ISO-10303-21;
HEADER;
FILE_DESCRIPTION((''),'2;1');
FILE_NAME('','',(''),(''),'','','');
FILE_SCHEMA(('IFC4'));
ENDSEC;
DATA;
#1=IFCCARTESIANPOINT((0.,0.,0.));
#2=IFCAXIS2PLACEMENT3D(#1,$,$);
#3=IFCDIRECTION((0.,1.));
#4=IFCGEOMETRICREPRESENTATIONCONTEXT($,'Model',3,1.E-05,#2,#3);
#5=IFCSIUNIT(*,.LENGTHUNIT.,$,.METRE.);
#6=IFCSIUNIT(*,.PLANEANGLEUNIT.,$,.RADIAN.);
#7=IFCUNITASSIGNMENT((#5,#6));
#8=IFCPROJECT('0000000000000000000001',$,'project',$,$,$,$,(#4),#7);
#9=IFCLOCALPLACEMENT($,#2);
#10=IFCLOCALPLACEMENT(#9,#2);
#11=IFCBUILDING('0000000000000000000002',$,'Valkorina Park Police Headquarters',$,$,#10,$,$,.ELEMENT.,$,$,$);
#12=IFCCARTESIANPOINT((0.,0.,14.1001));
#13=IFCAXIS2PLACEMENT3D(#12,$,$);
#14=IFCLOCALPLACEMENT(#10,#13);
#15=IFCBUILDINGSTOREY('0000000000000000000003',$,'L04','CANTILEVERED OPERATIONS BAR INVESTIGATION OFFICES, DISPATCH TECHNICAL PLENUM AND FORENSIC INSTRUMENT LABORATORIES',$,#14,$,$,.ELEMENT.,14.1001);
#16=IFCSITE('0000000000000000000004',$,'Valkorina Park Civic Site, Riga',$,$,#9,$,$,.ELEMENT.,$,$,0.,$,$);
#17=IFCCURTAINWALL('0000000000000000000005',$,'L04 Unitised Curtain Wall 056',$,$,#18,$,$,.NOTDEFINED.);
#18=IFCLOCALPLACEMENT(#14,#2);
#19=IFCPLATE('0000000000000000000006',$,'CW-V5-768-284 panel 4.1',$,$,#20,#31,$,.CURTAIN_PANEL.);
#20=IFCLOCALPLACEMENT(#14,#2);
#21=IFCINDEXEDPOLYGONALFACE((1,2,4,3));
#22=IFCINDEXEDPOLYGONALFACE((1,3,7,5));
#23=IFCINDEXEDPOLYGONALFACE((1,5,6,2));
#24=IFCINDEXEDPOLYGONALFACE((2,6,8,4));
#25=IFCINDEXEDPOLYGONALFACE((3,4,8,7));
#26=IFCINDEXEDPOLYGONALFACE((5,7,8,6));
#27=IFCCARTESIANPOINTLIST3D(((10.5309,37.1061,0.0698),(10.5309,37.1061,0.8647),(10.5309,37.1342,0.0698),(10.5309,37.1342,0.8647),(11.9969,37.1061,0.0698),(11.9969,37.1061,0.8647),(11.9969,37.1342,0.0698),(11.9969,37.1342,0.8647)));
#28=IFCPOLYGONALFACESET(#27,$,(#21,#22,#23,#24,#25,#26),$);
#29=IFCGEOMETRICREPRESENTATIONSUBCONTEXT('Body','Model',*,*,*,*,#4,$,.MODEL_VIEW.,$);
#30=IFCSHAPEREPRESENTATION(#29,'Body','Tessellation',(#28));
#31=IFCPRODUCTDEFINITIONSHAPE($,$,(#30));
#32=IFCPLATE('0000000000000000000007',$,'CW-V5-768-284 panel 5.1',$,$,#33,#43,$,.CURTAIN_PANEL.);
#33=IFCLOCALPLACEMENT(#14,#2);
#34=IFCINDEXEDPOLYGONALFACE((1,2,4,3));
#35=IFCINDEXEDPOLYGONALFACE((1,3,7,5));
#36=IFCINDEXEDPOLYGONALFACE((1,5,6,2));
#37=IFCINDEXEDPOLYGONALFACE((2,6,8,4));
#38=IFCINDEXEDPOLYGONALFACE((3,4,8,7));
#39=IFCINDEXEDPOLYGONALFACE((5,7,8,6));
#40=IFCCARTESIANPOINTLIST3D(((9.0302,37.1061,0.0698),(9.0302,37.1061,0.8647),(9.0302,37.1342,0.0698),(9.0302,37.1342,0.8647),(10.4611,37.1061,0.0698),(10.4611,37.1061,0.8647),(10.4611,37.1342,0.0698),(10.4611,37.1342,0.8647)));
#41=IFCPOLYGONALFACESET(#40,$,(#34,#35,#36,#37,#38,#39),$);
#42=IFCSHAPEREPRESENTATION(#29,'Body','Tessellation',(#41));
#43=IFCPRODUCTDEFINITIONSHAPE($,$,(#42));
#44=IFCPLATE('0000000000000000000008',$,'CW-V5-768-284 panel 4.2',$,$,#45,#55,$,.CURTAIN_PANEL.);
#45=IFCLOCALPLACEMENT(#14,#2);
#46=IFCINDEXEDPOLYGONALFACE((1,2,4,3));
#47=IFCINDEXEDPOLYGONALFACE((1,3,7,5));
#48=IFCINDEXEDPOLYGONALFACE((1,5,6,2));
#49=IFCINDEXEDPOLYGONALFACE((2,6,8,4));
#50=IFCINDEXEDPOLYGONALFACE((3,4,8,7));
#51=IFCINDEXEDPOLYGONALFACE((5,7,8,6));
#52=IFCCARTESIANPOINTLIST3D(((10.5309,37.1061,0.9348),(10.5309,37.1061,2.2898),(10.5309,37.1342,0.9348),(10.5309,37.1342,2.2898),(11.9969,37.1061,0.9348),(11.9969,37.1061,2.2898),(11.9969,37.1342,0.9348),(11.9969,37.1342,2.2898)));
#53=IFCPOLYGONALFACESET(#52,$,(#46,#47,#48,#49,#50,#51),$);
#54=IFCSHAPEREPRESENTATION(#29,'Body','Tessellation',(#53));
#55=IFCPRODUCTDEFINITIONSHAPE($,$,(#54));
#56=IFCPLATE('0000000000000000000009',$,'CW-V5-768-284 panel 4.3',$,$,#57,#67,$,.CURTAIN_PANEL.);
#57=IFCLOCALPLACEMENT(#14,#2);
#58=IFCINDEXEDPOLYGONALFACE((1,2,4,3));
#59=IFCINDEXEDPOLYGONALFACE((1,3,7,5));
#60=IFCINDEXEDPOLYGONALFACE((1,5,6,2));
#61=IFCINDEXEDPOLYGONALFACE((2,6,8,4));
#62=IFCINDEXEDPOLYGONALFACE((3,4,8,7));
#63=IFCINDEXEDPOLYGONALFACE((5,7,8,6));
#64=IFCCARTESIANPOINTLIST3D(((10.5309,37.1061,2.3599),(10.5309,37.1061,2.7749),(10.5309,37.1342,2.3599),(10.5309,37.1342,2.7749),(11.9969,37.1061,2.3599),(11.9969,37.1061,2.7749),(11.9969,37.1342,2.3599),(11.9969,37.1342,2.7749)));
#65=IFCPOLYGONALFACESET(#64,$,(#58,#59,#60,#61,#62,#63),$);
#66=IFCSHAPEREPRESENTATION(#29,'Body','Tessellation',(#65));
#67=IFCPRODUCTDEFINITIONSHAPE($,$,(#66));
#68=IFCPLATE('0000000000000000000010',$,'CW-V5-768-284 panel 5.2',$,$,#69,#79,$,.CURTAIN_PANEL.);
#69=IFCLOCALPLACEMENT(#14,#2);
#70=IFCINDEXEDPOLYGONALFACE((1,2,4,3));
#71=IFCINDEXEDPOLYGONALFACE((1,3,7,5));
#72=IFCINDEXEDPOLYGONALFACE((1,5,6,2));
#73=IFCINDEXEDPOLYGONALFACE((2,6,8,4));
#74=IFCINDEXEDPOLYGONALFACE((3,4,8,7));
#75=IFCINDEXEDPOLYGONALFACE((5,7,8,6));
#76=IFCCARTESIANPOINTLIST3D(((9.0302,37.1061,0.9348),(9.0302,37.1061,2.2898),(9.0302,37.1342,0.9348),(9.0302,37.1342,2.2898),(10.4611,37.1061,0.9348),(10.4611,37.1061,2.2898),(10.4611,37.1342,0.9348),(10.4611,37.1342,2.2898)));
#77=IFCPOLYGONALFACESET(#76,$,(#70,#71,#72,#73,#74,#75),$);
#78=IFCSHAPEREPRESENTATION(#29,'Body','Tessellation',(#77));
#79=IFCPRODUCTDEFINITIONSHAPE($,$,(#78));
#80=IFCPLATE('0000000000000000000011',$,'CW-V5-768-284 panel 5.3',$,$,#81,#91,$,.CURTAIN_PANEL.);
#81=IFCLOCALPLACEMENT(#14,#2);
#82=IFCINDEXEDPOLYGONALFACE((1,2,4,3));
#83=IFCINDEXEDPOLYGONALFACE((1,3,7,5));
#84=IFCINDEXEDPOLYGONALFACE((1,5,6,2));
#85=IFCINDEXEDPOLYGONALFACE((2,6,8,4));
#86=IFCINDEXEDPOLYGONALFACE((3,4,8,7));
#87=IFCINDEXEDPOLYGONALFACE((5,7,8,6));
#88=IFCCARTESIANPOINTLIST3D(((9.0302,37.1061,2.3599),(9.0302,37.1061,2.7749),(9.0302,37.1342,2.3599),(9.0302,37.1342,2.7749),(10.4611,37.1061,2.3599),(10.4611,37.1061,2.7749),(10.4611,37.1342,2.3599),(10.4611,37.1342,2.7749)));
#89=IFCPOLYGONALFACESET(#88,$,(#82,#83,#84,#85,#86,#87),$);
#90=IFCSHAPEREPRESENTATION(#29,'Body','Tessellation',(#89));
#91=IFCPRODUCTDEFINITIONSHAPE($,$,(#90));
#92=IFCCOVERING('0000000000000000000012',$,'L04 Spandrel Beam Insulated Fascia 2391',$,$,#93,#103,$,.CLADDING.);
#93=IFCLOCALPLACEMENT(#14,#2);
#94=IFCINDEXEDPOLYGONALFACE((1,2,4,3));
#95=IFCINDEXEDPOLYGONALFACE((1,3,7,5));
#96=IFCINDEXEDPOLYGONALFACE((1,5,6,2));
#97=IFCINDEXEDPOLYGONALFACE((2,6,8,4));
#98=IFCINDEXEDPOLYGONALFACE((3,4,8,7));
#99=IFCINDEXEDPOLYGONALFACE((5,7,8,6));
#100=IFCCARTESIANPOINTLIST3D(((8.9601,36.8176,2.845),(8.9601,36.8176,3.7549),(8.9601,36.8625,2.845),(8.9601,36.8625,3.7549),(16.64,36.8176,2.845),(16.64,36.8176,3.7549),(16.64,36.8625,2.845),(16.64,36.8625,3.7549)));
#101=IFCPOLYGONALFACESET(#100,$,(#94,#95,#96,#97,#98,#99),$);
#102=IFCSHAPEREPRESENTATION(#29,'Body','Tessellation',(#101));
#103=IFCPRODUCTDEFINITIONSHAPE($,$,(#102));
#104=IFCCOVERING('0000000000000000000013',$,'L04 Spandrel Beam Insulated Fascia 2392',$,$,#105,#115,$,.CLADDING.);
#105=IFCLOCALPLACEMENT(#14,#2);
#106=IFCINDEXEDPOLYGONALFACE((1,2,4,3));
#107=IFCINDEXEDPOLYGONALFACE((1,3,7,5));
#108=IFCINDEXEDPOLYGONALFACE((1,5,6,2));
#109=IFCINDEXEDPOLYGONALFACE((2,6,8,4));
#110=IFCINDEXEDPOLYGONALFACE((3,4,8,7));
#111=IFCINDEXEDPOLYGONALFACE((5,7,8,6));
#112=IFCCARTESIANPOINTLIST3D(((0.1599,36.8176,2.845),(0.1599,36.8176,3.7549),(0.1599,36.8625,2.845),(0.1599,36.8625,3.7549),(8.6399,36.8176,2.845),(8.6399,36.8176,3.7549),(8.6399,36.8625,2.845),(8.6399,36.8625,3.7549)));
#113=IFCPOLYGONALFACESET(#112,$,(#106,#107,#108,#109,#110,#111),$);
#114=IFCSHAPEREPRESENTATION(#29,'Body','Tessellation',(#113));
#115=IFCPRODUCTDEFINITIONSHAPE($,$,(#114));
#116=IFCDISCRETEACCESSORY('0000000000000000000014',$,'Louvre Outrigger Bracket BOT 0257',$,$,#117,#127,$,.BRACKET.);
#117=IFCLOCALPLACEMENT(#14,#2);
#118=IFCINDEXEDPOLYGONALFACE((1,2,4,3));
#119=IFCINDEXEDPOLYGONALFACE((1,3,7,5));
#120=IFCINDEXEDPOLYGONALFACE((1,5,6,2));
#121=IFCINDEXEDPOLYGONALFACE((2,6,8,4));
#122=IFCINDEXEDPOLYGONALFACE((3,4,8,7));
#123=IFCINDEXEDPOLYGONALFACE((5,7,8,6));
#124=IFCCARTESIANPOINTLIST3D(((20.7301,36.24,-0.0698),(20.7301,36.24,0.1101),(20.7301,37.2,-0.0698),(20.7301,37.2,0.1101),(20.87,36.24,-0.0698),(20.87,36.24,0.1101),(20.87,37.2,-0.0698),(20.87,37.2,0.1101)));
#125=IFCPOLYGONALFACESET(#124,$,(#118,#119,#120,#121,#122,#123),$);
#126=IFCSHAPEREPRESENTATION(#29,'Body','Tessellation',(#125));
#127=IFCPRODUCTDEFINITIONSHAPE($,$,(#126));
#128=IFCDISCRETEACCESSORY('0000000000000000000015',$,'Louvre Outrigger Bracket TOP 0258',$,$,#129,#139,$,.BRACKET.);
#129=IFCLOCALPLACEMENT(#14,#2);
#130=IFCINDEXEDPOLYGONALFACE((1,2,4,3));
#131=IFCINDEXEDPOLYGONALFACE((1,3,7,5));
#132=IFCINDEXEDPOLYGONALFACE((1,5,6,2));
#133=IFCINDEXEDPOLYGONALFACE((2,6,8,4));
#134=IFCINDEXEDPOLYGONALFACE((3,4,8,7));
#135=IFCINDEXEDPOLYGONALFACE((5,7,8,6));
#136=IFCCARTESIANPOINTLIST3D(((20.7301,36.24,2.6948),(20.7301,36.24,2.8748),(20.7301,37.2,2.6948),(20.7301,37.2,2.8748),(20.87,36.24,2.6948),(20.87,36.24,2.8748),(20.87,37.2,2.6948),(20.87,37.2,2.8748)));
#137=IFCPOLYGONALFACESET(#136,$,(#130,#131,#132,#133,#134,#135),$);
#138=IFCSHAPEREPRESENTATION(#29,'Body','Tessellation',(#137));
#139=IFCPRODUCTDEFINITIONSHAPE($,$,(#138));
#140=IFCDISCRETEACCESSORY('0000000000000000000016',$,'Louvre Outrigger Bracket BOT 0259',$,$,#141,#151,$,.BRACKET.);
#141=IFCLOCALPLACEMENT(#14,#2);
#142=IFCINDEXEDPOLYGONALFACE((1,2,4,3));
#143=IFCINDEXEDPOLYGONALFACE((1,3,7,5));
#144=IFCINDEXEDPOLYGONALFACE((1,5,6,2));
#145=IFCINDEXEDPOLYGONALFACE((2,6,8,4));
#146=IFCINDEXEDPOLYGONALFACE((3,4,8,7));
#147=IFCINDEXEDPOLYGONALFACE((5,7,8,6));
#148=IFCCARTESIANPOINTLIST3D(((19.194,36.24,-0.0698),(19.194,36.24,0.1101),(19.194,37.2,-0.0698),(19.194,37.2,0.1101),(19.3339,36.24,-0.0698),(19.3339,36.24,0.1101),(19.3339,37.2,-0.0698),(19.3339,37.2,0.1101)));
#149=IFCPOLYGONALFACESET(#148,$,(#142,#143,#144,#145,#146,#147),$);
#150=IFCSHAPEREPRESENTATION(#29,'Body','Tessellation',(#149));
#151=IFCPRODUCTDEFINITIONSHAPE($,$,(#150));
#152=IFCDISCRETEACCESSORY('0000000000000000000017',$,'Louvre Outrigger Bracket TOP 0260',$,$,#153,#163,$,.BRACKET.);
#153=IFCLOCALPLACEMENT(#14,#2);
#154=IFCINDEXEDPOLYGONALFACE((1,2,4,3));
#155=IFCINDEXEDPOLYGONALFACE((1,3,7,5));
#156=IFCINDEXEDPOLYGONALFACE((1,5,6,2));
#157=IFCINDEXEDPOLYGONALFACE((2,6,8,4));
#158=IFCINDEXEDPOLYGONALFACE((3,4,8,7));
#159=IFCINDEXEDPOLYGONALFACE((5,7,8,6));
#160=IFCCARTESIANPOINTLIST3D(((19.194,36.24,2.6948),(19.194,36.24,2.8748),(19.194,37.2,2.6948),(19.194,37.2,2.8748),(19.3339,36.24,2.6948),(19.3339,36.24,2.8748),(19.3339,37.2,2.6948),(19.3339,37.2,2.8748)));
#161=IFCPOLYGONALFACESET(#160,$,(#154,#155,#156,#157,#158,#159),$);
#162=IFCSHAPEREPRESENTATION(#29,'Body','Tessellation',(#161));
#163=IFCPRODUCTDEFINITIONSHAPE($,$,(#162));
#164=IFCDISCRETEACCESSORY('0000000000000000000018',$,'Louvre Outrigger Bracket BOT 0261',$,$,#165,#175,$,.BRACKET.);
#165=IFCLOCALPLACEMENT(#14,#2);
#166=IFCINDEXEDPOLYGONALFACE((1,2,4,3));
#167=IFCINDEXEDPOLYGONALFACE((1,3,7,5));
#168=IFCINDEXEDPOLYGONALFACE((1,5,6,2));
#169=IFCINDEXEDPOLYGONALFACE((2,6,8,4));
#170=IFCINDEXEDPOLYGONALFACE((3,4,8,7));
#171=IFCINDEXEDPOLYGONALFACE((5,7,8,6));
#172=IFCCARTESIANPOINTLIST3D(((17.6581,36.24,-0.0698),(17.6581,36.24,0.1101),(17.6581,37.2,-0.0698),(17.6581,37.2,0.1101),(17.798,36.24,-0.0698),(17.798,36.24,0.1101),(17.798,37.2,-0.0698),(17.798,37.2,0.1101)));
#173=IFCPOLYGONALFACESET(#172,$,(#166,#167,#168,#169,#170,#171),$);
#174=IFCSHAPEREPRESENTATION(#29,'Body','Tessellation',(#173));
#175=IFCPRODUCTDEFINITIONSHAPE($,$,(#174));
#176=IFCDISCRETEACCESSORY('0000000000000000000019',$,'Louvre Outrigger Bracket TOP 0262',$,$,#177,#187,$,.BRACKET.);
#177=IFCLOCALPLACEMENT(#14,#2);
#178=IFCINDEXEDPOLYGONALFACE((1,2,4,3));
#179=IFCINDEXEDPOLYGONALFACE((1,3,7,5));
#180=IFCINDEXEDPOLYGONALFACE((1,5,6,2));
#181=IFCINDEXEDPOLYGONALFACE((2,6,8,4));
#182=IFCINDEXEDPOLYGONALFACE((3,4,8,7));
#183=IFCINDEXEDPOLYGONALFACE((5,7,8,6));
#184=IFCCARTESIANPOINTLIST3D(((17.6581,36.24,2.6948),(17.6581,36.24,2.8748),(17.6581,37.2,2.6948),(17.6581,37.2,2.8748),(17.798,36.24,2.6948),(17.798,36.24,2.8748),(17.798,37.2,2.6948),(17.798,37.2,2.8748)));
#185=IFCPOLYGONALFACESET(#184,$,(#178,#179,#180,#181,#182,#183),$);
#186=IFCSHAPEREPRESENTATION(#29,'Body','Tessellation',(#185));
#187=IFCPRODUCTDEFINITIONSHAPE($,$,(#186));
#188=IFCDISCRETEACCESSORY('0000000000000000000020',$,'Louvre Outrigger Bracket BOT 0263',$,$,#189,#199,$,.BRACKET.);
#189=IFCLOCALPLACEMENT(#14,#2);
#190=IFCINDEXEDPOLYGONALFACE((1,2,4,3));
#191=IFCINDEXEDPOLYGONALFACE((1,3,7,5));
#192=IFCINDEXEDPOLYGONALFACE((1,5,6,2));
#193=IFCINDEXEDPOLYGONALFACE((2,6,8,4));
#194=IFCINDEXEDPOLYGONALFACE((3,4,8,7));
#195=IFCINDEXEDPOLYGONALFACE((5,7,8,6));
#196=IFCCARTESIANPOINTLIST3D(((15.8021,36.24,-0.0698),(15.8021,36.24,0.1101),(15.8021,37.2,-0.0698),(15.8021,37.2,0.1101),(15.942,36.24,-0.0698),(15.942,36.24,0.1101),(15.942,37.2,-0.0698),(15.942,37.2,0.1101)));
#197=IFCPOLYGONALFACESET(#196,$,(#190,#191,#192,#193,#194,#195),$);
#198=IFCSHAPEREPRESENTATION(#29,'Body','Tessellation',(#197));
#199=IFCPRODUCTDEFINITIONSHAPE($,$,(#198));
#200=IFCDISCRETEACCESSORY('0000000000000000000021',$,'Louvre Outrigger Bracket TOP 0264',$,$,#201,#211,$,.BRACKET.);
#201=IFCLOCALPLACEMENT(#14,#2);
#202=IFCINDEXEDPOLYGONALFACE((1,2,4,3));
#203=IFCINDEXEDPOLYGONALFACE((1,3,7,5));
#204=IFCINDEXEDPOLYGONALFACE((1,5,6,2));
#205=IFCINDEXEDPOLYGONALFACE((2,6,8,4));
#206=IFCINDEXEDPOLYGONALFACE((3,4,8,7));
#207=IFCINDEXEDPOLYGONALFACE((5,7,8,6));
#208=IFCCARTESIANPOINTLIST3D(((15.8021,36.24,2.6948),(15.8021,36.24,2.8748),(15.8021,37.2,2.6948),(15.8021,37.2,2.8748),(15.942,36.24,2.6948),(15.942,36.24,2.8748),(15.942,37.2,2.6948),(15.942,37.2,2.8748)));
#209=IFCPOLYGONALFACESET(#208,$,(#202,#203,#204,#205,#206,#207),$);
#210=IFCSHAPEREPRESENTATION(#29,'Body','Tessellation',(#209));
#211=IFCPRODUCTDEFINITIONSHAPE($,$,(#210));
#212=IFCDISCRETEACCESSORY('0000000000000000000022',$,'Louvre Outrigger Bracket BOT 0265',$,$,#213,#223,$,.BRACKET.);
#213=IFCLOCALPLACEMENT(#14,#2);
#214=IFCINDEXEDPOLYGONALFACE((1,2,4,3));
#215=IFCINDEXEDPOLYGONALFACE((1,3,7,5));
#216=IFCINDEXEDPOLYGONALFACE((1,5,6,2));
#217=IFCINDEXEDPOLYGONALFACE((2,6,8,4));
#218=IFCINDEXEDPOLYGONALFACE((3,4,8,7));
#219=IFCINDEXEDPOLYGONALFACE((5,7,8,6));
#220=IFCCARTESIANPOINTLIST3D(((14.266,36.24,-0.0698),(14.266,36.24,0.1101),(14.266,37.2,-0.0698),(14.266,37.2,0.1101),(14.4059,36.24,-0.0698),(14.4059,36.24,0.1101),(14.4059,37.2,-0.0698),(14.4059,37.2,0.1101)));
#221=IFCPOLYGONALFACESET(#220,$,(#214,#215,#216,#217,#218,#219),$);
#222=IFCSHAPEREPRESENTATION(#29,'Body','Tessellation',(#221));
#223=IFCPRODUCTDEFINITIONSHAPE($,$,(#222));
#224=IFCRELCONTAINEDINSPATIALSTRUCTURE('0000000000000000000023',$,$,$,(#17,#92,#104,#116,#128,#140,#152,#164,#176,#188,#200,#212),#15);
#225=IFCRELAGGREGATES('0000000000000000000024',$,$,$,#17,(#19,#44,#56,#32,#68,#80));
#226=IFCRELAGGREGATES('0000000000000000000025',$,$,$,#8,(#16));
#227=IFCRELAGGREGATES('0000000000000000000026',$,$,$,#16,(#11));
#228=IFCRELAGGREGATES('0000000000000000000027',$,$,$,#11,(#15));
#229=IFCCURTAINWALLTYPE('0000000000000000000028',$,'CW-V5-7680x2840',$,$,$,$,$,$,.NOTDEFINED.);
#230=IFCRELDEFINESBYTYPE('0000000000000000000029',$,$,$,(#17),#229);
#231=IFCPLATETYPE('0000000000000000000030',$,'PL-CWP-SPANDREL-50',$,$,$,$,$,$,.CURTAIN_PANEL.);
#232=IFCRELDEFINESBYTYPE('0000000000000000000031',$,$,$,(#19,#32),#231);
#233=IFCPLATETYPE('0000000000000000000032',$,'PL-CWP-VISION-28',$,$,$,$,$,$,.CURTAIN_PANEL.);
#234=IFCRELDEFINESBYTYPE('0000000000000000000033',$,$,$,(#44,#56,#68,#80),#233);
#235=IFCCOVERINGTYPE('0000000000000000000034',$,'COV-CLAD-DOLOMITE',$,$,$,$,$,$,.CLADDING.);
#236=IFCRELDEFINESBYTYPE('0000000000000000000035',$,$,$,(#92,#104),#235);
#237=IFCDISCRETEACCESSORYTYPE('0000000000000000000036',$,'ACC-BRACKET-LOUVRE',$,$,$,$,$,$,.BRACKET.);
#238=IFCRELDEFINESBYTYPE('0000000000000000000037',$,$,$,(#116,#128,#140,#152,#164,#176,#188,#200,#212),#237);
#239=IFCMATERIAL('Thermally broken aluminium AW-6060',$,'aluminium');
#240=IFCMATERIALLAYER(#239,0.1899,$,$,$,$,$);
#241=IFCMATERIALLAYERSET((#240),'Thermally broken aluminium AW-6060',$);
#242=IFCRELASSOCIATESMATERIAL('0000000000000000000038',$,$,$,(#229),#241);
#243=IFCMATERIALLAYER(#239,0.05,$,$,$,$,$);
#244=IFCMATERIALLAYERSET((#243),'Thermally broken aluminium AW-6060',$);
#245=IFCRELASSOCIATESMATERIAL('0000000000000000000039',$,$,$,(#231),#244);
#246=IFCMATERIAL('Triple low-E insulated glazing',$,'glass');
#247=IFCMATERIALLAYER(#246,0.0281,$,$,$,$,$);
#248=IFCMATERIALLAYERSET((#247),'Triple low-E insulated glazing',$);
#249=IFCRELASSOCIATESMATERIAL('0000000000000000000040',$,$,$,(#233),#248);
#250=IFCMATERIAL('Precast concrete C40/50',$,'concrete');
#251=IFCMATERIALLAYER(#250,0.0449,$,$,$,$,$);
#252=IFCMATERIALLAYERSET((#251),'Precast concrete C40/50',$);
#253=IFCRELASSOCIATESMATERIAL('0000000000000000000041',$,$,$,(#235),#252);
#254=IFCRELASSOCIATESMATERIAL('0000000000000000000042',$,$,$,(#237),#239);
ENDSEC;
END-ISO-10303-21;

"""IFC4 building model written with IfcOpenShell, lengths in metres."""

from ifc_helpers import new_model, si_unit, direction, frame, frame_2d, origin, origin_2d, place, context, subcontext, project, spatial, rectangle, extrude, material, layer, layer_set, type_object, element, aggregate, save


model = new_model("IFC4")

# Units and contexts
model_context = context("Model", 3, precision=1e-05, world=origin(), true_north=direction((0.0, 1.0)))
body_context = subcontext(model_context, "Body", "Model", "MODEL_VIEW")
ifc_project = project(units=[si_unit("LENGTHUNIT", "METRE"), si_unit("PLANEANGLEUNIT", "RADIAN")], contexts=[model_context])

# Site, building, storey
site_placement = place(None, origin())
site = spatial("IfcSite", under=ifc_project, at=site_placement, Name="Valkorina Park Civic Site, Riga", CompositionType="ELEMENT", RefElevation=0.0)
building_placement = place(site_placement, origin())
building = spatial("IfcBuilding", under=site, at=building_placement, Name="Valkorina Park Police Headquarters", CompositionType="ELEMENT")
storey_placement = place(building_placement, frame((0.0, 0.0, 14.1001)))
storey = spatial("IfcBuildingStorey", under=building, at=storey_placement, Name="L04", Description="CANTILEVERED OPERATIONS BAR INVESTIGATION OFFICES, DISPATCH TECHNICAL PLENUM AND FORENSIC INSTRUMENT LABORATORIES", CompositionType="ELEMENT", Elevation=14.1001)

# Curtain wall
ifc_material_1 = material(Name="Thermally broken aluminium AW-6060", Category="aluminium")
ifc_layer_1 = layer(ifc_material_1, 0.1899)
ifc_layer_set_1 = layer_set([ifc_layer_1], Name="Thermally broken aluminium AW-6060")
curtain_wall_type_1 = type_object("IfcCurtainWallType", Name="CW-V5-7680x2840", PredefinedType="NOTDEFINED", material=ifc_layer_set_1)
curtain_wall_1_placement = place(storey_placement, origin())
curtain_wall_1 = element("IfcCurtainWall", 1, at=curtain_wall_1_placement, inside=storey, type_object=curtain_wall_type_1, Name="L04 Unitised Curtain Wall 056", PredefinedType="NOTDEFINED")

# Plates
ifc_layer_2 = layer(ifc_material_1, 0.05)
ifc_layer_set_2 = layer_set([ifc_layer_2], Name="Thermally broken aluminium AW-6060")
plate_type_1 = type_object("IfcPlateType", Name="PL-CWP-SPANDREL-50", PredefinedType="CURTAIN_PANEL", material=ifc_layer_set_2)
plate_1_placement = place(storey_placement, frame((11.2639, 37.1201, 0.0698), z_axis=(0.0, 0.0, 1.0), x_axis=(-1.0, 0.0, 0.0)))
plate_1 = element("IfcPlate", 2, at=plate_1_placement, type_object=plate_type_1, Name="CW-V5-768-284 panel 4.1", PredefinedType="CURTAIN_PANEL", context=body_context, shape_type="SweptSolid", body=[
    extrude(rectangle(XDim=1.4661, YDim=0.0281, at=origin_2d()), origin(), (0.0, 0.0, 1.0), 0.7949),
])
plate_2_placement = place(storey_placement, frame((9.7456, 37.1201, 0.0698), z_axis=(0.0, 0.0, 1.0), x_axis=(-1.0, 0.0, 0.0)))
plate_2 = element("IfcPlate", 3, at=plate_2_placement, type_object=plate_type_1, Name="CW-V5-768-284 panel 5.1", PredefinedType="CURTAIN_PANEL", context=body_context, shape_type="SweptSolid", body=[
    extrude(rectangle(XDim=1.4309, YDim=0.0281, at=origin_2d()), origin(), (0.0, 0.0, 1.0), 0.7949),
])
ifc_material_2 = material(Name="Triple low-E insulated glazing", Category="glass")
ifc_layer_3 = layer(ifc_material_2, 0.0281)
ifc_layer_set_3 = layer_set([ifc_layer_3], Name="Triple low-E insulated glazing")
plate_type_2 = type_object("IfcPlateType", Name="PL-CWP-VISION-28", PredefinedType="CURTAIN_PANEL", material=ifc_layer_set_3)
plate_3_placement = place(storey_placement, frame((11.2639, 37.1201, 0.9348), z_axis=(0.0, 0.0, 1.0), x_axis=(-1.0, 0.0, 0.0)))
plate_3 = element("IfcPlate", 4, at=plate_3_placement, type_object=plate_type_2, Name="CW-V5-768-284 panel 4.2", PredefinedType="CURTAIN_PANEL", context=body_context, shape_type="SweptSolid", body=[
    extrude(rectangle(XDim=1.4661, YDim=0.0281, at=origin_2d()), origin(), (0.0, 0.0, 1.0), 1.355),
])
plate_4_placement = place(storey_placement, frame((11.2639, 37.1201, 2.3599), z_axis=(0.0, 0.0, 1.0), x_axis=(-1.0, 0.0, 0.0)))
plate_4 = element("IfcPlate", 5, at=plate_4_placement, type_object=plate_type_2, Name="CW-V5-768-284 panel 4.3", PredefinedType="CURTAIN_PANEL", context=body_context, shape_type="SweptSolid", body=[
    extrude(rectangle(XDim=1.4661, YDim=0.0281, at=origin_2d()), origin(), (0.0, 0.0, 1.0), 0.415),
])
plate_5_placement = place(storey_placement, frame((9.7456, 37.1201, 0.9348), z_axis=(0.0, 0.0, 1.0), x_axis=(-1.0, 0.0, 0.0)))
plate_5 = element("IfcPlate", 6, at=plate_5_placement, type_object=plate_type_2, Name="CW-V5-768-284 panel 5.2", PredefinedType="CURTAIN_PANEL", context=body_context, shape_type="SweptSolid", body=[
    extrude(rectangle(XDim=1.4309, YDim=0.0281, at=origin_2d()), origin(), (0.0, 0.0, 1.0), 1.355),
])
plate_6_placement = place(storey_placement, frame((9.7456, 37.1201, 2.3599), z_axis=(0.0, 0.0, 1.0), x_axis=(-1.0, 0.0, 0.0)))
plate_6 = element("IfcPlate", 7, at=plate_6_placement, type_object=plate_type_2, Name="CW-V5-768-284 panel 5.3", PredefinedType="CURTAIN_PANEL", context=body_context, shape_type="SweptSolid", body=[
    extrude(rectangle(XDim=1.4309, YDim=0.0281, at=origin_2d()), origin(), (0.0, 0.0, 1.0), 0.415),
])
aggregate(curtain_wall_1, [plate_1, plate_3, plate_4, plate_2, plate_5, plate_6])

# Coverings
ifc_material_3 = material(Name="Precast concrete C40/50", Category="concrete")
ifc_layer_4 = layer(ifc_material_3, 0.0449)
ifc_layer_set_4 = layer_set([ifc_layer_4], Name="Precast concrete C40/50")
covering_type = type_object("IfcCoveringType", Name="COV-CLAD-DOLOMITE", PredefinedType="CLADDING", material=ifc_layer_set_4)
covering_1_placement = place(storey_placement, frame((16.6399, 36.8401, 2.845), z_axis=(0.0, 0.0, 1.0), x_axis=(-1.0, 0.0, 0.0)))
element("IfcCovering", 8, at=covering_1_placement, inside=storey, type_object=covering_type, Name="L04 Spandrel Beam Insulated Fascia 2391", PredefinedType="CLADDING", context=body_context, shape_type="SweptSolid", body=[
    extrude(rectangle(XDim=7.6799, YDim=0.0449, at=frame_2d((3.8398, 0.0))), origin(), (0.0, 0.0, 1.0), 0.9099),
])
covering_2_placement = place(storey_placement, frame((8.6399, 36.8401, 2.845), z_axis=(0.0, 0.0, 1.0), x_axis=(-1.0, 0.0, 0.0)))
element("IfcCovering", 9, at=covering_2_placement, inside=storey, type_object=covering_type, Name="L04 Spandrel Beam Insulated Fascia 2392", PredefinedType="CLADDING", context=body_context, shape_type="SweptSolid", body=[
    extrude(rectangle(XDim=8.48, YDim=0.0449, at=frame_2d((4.24, 0.0))), origin(), (0.0, 0.0, 1.0), 0.9099),
])

# Discrete accessories
discrete_accessory_type = type_object("IfcDiscreteAccessoryType", Name="ACC-BRACKET-LOUVRE", PredefinedType="BRACKET", material=ifc_material_1)
for number, where, z_axis, x_axis, name in (
    (10, (20.8, 36.72, -0.0698), (0.0, 0.0, 1.0), (0.0, -1.0, 0.0), "Louvre Outrigger Bracket BOT 0257"),
    (11, (20.8, 36.72, 2.6948), (0.0, 0.0, 1.0), (0.0, -1.0, 0.0), "Louvre Outrigger Bracket TOP 0258"),
    (12, (19.2639, 36.72, -0.0698), (0.0, 0.0, 1.0), (0.0, -1.0, 0.0), "Louvre Outrigger Bracket BOT 0259"),
    (13, (19.2639, 36.72, 2.6948), (0.0, 0.0, 1.0), (0.0, -1.0, 0.0), "Louvre Outrigger Bracket TOP 0260"),
    (14, (17.728, 36.72, -0.0698), (0.0, 0.0, 1.0), (0.0, -1.0, 0.0), "Louvre Outrigger Bracket BOT 0261"),
    (15, (17.728, 36.72, 2.6948), (0.0, 0.0, 1.0), (0.0, -1.0, 0.0), "Louvre Outrigger Bracket TOP 0262"),
    (16, (15.8721, 36.72, -0.0698), (0.0, 0.0, 1.0), (0.0, -1.0, 0.0), "Louvre Outrigger Bracket BOT 0263"),
    (17, (15.8721, 36.72, 2.6948), (0.0, 0.0, 1.0), (0.0, -1.0, 0.0), "Louvre Outrigger Bracket TOP 0264"),
    (18, (14.3359, 36.72, -0.0698), (0.0, 0.0, 1.0), (0.0, -1.0, 0.0), "Louvre Outrigger Bracket BOT 0265"),
):
    element("IfcDiscreteAccessory", number, at=place(storey_placement, frame(where, z_axis=z_axis, x_axis=x_axis)), inside=storey, type_object=discrete_accessory_type, Name=name, PredefinedType="BRACKET", context=body_context, shape_type="SweptSolid", body=[
        extrude(rectangle(XDim=0.96, YDim=0.1399, at=origin_2d()), origin(), (0.0, 0.0, 1.0), 0.1799),
    ])

save(model, "model.ifc")
